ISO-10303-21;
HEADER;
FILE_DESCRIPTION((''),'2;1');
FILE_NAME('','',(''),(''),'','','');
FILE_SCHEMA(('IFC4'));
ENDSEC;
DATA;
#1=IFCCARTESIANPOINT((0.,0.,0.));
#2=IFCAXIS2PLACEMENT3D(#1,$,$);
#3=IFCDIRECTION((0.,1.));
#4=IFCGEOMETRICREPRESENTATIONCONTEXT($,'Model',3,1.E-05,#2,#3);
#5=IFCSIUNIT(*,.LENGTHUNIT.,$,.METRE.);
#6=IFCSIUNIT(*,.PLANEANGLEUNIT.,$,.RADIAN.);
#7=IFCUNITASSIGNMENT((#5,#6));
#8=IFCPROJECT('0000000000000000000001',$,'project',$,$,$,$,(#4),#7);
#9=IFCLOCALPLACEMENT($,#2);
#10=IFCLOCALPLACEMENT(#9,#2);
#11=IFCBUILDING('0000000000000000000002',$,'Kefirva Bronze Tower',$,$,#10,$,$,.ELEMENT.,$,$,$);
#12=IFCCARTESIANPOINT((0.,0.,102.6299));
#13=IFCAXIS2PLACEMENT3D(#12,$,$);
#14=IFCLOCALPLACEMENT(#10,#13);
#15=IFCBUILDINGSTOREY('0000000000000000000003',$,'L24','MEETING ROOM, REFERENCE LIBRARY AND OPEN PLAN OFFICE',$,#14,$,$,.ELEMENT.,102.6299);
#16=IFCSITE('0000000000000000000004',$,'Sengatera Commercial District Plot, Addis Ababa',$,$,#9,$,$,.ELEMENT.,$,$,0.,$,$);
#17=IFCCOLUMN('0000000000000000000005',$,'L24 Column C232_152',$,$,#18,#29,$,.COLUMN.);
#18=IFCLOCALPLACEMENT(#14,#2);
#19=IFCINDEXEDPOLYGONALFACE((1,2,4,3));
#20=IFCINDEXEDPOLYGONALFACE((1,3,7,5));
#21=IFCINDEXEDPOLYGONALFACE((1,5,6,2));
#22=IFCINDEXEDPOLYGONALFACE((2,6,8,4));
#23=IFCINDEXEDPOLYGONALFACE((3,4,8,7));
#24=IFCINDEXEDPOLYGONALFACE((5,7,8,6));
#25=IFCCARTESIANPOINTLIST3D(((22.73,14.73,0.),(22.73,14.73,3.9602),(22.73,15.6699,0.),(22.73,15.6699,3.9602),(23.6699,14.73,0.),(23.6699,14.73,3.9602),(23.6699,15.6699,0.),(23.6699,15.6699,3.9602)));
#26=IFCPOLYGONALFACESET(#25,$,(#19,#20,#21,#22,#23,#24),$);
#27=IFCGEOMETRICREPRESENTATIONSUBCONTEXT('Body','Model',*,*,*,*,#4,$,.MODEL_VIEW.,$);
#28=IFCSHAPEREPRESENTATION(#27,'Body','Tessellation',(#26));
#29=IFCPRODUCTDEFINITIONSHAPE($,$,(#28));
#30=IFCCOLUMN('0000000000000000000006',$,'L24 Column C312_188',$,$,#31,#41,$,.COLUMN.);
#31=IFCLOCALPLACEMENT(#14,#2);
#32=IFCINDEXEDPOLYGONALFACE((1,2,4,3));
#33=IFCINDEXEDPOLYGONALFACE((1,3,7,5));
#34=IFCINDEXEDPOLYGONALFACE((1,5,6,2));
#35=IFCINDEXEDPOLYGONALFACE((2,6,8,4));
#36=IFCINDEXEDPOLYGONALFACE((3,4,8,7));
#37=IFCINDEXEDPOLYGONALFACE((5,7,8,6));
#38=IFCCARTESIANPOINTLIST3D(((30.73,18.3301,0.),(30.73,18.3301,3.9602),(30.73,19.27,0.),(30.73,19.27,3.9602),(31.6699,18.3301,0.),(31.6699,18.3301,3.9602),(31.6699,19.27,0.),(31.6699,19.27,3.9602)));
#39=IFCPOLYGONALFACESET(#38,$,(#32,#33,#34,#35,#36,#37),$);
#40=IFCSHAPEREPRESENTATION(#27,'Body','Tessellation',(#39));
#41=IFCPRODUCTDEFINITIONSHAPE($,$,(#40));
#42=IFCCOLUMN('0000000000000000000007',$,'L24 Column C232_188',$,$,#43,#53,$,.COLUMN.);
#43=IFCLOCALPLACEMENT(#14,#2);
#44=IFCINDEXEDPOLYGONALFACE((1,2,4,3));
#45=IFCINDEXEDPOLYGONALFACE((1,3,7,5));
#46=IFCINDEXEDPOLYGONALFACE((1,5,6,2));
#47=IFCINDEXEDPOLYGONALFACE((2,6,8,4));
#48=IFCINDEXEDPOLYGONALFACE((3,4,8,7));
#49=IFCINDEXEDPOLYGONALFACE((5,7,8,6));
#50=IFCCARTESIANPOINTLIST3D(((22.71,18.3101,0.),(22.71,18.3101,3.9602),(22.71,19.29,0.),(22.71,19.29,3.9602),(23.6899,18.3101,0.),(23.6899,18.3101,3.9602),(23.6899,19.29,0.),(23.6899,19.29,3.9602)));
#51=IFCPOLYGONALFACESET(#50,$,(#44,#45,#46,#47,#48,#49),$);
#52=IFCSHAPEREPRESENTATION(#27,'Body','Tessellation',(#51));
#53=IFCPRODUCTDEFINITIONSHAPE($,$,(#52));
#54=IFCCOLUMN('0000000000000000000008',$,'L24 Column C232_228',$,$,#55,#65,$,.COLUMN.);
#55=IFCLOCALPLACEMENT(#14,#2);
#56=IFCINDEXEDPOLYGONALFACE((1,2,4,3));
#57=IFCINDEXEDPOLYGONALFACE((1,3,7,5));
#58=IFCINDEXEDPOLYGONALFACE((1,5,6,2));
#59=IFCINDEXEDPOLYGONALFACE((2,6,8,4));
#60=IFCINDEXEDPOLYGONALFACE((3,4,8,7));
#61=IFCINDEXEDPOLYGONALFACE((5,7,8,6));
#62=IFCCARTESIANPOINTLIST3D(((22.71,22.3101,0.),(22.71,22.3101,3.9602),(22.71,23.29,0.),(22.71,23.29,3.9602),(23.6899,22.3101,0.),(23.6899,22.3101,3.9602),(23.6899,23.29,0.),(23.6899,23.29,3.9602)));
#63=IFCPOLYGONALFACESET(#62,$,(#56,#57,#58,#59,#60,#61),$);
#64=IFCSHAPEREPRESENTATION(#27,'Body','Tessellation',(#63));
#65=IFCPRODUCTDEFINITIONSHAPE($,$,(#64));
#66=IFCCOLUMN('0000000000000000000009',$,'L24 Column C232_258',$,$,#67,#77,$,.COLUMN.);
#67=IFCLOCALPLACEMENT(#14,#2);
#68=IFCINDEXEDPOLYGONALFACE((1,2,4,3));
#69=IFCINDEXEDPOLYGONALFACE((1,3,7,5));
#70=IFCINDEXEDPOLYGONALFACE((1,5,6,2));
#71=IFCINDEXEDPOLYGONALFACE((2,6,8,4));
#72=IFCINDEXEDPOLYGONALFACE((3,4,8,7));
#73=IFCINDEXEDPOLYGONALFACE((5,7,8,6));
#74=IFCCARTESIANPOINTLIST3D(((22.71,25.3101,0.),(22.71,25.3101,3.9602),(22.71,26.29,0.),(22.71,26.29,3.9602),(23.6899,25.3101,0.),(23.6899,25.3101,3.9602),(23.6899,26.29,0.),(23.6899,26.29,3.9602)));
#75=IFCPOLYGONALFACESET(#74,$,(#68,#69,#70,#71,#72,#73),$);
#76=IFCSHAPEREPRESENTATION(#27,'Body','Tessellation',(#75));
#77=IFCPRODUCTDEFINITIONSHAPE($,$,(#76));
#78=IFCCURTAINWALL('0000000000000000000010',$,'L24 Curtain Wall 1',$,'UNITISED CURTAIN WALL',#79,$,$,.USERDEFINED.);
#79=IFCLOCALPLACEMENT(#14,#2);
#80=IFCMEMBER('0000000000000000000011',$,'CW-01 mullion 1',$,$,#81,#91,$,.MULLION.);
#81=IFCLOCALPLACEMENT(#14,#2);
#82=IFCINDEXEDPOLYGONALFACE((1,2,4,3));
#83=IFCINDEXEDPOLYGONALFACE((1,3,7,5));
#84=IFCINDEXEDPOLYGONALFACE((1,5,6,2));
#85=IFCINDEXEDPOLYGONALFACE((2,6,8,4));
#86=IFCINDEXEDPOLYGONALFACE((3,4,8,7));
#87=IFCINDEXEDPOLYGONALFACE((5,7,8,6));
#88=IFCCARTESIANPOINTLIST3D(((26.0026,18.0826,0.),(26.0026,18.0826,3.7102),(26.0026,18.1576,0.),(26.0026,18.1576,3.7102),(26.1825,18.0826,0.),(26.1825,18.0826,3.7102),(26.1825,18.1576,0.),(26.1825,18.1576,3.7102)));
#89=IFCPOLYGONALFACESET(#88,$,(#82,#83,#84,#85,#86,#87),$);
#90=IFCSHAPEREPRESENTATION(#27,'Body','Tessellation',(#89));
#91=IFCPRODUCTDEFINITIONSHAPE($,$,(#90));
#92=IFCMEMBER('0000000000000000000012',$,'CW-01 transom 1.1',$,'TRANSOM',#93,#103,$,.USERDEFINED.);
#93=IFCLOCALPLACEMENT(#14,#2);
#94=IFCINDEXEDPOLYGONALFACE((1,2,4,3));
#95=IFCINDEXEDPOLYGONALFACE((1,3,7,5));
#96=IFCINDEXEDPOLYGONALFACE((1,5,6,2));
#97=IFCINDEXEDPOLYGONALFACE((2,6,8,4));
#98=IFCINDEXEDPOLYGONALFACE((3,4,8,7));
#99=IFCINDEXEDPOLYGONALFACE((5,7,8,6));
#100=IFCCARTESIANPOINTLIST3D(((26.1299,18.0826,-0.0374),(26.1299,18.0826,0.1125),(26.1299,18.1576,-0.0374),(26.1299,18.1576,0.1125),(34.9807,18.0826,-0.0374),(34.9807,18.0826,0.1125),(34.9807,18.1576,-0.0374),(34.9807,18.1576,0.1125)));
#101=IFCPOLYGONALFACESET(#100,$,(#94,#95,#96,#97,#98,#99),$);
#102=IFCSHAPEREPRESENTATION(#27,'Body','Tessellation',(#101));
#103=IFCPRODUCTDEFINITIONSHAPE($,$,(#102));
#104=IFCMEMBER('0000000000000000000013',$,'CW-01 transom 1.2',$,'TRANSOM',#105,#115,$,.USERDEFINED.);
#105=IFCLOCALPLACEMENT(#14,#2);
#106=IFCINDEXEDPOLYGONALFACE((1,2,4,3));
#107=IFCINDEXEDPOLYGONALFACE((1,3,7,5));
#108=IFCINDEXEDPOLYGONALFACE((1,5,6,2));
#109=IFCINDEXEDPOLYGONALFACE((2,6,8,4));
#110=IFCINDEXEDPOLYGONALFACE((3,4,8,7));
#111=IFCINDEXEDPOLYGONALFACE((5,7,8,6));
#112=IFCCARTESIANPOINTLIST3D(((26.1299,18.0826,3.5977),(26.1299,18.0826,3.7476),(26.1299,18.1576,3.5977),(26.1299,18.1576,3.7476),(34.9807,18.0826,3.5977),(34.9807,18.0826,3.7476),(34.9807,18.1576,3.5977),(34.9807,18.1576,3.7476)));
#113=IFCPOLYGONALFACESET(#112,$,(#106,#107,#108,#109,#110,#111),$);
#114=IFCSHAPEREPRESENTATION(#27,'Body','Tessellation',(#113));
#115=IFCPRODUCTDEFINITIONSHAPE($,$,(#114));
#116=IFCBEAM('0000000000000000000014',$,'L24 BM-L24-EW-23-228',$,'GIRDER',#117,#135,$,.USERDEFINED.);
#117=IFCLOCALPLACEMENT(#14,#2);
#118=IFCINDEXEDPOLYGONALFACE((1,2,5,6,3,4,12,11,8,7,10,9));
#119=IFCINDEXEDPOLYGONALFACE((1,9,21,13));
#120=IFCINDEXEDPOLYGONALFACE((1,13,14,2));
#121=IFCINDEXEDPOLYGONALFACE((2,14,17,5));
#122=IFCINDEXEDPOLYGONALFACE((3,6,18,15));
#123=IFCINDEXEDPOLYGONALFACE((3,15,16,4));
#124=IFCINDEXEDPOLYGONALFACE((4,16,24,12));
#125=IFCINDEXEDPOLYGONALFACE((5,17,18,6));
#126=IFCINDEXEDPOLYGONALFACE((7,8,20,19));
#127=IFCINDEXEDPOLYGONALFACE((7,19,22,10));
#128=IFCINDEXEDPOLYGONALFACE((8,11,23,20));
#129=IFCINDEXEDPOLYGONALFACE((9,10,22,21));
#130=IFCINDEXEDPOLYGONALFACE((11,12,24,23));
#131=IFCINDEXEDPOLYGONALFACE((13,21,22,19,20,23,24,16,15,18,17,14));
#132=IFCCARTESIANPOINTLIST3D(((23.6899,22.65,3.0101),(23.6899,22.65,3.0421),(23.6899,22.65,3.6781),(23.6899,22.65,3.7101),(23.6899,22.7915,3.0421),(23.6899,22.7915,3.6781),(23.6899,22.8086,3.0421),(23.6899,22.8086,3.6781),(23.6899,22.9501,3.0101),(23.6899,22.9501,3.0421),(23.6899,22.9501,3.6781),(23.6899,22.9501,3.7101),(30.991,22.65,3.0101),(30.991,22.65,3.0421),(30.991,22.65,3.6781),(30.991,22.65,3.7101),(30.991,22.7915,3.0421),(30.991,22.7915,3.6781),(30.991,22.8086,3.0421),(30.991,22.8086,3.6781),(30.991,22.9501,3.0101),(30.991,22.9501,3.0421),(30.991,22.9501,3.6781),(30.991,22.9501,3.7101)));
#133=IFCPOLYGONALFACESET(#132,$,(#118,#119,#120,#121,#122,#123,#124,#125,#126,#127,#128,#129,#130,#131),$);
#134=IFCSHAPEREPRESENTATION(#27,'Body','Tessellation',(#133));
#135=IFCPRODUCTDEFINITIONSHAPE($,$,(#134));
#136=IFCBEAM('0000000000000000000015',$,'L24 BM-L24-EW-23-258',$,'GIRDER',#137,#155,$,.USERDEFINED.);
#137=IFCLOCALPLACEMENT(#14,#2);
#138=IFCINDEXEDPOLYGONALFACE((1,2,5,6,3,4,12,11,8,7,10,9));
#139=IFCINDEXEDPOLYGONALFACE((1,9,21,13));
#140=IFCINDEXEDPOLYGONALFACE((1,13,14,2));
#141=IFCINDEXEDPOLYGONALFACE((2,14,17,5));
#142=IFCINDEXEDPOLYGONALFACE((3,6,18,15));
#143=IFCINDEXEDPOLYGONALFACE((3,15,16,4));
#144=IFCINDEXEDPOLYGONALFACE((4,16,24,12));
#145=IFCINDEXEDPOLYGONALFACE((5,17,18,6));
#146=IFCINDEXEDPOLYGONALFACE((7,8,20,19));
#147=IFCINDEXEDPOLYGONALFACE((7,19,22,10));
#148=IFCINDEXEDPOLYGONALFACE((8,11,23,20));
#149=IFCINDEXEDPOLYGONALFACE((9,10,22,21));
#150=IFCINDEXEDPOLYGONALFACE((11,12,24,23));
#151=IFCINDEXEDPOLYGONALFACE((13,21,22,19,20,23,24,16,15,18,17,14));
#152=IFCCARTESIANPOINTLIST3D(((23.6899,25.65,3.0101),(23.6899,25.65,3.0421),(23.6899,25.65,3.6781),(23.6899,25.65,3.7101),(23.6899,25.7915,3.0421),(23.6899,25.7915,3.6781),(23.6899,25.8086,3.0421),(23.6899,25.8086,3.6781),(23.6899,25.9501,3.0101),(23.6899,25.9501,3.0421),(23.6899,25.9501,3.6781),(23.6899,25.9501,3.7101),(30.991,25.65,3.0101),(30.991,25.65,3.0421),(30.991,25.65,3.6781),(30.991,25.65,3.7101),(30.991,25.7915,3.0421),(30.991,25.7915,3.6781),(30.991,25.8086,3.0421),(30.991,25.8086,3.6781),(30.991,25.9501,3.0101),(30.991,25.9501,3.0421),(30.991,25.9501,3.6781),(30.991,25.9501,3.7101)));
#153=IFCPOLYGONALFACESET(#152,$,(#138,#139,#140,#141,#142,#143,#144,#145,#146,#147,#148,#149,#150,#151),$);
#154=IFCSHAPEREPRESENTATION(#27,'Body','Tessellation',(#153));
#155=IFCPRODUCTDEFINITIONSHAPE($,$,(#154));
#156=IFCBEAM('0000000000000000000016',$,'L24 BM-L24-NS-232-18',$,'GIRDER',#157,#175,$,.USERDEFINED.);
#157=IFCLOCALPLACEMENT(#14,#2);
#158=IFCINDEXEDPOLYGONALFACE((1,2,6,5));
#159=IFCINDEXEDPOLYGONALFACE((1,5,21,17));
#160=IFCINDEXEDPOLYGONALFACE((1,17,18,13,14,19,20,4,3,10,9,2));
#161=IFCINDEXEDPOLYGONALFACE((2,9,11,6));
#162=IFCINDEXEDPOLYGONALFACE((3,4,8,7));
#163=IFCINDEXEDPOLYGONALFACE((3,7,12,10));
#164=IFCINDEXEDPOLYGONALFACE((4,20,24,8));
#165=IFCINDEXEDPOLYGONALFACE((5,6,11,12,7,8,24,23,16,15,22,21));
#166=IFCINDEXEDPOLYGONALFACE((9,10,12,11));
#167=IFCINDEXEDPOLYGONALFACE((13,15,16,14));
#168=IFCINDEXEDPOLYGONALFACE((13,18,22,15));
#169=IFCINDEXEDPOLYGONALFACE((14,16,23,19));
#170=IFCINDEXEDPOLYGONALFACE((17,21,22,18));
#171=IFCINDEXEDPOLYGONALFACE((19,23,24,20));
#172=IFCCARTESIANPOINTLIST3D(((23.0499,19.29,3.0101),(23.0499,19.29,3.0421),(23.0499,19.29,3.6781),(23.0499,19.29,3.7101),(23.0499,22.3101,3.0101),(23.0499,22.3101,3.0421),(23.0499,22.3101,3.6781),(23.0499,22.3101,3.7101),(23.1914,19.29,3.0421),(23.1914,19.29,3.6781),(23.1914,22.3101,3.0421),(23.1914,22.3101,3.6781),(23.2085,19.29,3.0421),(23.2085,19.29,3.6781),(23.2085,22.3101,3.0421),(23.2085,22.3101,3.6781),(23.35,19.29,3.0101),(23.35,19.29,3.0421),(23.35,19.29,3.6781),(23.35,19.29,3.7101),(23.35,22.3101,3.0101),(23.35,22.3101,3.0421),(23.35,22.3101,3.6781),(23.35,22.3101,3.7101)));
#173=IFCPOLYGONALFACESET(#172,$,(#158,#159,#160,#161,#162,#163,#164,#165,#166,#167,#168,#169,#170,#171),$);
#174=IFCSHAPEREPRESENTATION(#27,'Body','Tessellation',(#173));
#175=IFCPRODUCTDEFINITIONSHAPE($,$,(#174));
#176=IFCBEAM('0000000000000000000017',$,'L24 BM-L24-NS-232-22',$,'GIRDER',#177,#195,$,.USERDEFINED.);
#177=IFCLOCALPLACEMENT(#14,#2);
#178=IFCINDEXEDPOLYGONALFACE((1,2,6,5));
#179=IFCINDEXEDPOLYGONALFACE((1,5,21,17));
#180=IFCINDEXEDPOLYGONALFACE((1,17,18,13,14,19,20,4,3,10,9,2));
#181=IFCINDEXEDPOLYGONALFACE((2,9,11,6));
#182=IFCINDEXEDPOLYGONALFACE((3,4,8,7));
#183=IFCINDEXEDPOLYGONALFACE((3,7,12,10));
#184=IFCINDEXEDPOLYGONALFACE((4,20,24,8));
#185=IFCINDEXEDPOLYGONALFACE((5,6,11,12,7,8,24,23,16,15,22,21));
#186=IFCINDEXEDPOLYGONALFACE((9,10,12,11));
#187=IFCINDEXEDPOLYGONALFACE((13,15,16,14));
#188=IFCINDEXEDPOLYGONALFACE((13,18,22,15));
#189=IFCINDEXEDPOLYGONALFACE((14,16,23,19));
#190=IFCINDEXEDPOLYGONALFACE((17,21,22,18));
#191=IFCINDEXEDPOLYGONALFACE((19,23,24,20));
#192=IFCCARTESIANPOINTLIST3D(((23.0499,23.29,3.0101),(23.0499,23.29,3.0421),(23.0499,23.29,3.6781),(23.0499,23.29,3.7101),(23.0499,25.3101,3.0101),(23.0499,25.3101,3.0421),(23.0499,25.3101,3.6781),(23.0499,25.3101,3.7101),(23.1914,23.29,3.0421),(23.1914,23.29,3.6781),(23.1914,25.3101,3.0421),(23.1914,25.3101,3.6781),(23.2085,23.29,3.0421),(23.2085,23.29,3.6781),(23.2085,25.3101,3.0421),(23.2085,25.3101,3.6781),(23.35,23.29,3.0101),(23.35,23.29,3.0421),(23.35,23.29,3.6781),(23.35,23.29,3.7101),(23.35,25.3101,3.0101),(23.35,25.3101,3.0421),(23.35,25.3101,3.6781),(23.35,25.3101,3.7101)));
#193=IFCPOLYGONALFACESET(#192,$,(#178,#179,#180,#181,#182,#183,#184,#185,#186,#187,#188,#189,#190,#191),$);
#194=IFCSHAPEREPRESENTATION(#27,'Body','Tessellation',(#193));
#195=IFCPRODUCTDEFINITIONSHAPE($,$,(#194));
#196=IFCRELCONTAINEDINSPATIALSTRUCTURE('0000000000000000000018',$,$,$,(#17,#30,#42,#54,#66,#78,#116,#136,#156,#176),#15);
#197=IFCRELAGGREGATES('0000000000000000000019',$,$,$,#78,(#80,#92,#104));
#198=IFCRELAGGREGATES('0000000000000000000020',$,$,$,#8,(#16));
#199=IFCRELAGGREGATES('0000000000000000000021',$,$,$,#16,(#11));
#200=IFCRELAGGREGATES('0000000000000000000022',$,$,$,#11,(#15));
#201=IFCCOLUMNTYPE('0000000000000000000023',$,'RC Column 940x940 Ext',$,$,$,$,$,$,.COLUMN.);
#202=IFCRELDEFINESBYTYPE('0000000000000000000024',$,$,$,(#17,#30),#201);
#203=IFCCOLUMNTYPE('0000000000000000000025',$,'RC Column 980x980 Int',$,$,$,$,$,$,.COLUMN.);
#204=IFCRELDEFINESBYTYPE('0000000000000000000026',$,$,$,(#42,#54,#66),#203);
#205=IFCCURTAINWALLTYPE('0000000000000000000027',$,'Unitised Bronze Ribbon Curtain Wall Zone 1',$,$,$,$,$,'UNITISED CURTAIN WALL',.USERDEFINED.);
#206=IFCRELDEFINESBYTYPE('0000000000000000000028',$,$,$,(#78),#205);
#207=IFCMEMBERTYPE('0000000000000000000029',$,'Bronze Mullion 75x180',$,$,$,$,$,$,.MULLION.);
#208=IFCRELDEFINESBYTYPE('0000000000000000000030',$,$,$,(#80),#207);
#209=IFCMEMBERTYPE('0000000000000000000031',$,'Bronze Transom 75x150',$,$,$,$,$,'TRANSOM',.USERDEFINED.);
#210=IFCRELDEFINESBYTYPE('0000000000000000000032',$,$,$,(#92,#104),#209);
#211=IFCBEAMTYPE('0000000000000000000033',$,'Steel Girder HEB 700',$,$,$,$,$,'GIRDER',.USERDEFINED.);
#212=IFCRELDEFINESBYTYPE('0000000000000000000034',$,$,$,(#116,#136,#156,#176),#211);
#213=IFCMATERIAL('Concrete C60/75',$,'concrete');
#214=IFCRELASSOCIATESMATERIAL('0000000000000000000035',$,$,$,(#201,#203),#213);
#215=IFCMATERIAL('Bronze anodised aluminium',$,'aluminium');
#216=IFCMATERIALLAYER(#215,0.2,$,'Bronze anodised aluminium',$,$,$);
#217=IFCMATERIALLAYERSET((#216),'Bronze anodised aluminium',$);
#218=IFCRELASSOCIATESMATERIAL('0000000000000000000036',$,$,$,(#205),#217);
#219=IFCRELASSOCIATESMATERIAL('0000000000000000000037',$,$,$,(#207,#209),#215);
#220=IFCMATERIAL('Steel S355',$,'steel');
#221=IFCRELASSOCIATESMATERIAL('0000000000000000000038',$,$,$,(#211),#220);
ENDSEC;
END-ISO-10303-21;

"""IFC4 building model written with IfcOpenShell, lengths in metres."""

from ifc_helpers import new_model, si_unit, direction, frame, origin, origin_2d, place, context, subcontext, project, spatial, rectangle, i_section, extrude, material, layer, layer_set, material_profile, profile_set, type_object, element, aggregate, save


model = new_model("IFC4")

# Units and contexts
model_context = context("Model", 3, precision=1e-05, world=origin(), true_north=direction((0.0, 1.0)))
body_context = subcontext(model_context, "Body", "Model", "MODEL_VIEW")
ifc_project = project(units=[si_unit("LENGTHUNIT", "METRE"), si_unit("PLANEANGLEUNIT", "RADIAN")], contexts=[model_context])

# Site, building, storey
site_placement = place(None, origin())
site = spatial("IfcSite", under=ifc_project, at=site_placement, Name="Sengatera Commercial District Plot, Addis Ababa", CompositionType="ELEMENT", RefElevation=0.0)
building_placement = place(site_placement, origin())
building = spatial("IfcBuilding", under=site, at=building_placement, Name="Kefirva Bronze Tower", CompositionType="ELEMENT")
storey_placement = place(building_placement, frame((0.0, 0.0, 102.6299)))
storey = spatial("IfcBuildingStorey", under=building, at=storey_placement, Name="L24", Description="MEETING ROOM, REFERENCE LIBRARY AND OPEN PLAN OFFICE", CompositionType="ELEMENT", Elevation=102.6299)

# Columns
ifc_material_1 = material(Name="Concrete C60/75", Category="concrete")
ifc_material_profile_1 = material_profile(ifc_material_1, rectangle(XDim=0.9399, YDim=0.9399, at=origin_2d()), Name="RC 940x940")
ifc_profile_set_1 = profile_set([ifc_material_profile_1], Name="Concrete C60/75")
column_type_1 = type_object("IfcColumnType", Name="RC Column 940x940 Ext", PredefinedType="COLUMN", material=ifc_profile_set_1)
for number, where, z_axis, x_axis, name in (
    (1, (23.2, 15.2, 0.0), (0.0, 0.0, 1.0), (1.0, 0.0, 0.0), "L24 Column C232_152"),
    (2, (31.2, 18.8, 0.0), (0.0, 0.0, 1.0), (1.0, 0.0, 0.0), "L24 Column C312_188"),
):
    element("IfcColumn", number, at=place(storey_placement, frame(where, z_axis=z_axis, x_axis=x_axis)), inside=storey, type_object=column_type_1, Name=name, PredefinedType="COLUMN", context=body_context, shape_type="SweptSolid", body=[
        extrude(rectangle(XDim=0.9399, YDim=0.9399, at=origin_2d()), origin(), (0.0, 0.0, 1.0), 3.9602),
    ])
ifc_material_profile_2 = material_profile(ifc_material_1, rectangle(XDim=0.98, YDim=0.98, at=origin_2d()), Name="RC 980x980")
ifc_profile_set_2 = profile_set([ifc_material_profile_2], Name="Concrete C60/75")
column_type_2 = type_object("IfcColumnType", Name="RC Column 980x980 Int", PredefinedType="COLUMN", material=ifc_profile_set_2)
for number, where, z_axis, x_axis, name in (
    (3, (23.2, 18.8, 0.0), (0.0, 0.0, 1.0), (1.0, 0.0, 0.0), "L24 Column C232_188"),
    (4, (23.2, 22.8, 0.0), (0.0, 0.0, 1.0), (1.0, 0.0, 0.0), "L24 Column C232_228"),
    (5, (23.2, 25.8, 0.0), (0.0, 0.0, 1.0), (1.0, 0.0, 0.0), "L24 Column C232_258"),
):
    element("IfcColumn", number, at=place(storey_placement, frame(where, z_axis=z_axis, x_axis=x_axis)), inside=storey, type_object=column_type_2, Name=name, PredefinedType="COLUMN", context=body_context, shape_type="SweptSolid", body=[
        extrude(rectangle(XDim=0.98, YDim=0.98, at=origin_2d()), origin(), (0.0, 0.0, 1.0), 3.9602),
    ])

# Curtain wall, members
ifc_material_2 = material(Name="Bronze anodised aluminium", Category="aluminium")
ifc_layer_1 = layer(ifc_material_2, 0.2, Name="Bronze anodised aluminium")
ifc_layer_set_1 = layer_set([ifc_layer_1], Name="Bronze anodised aluminium")
curtain_wall_type = type_object("IfcCurtainWallType", Name="Unitised Bronze Ribbon Curtain Wall Zone 1", ElementType="UNITISED CURTAIN WALL", PredefinedType="USERDEFINED", material=ifc_layer_set_1)
curtain_wall_placement = place(storey_placement, origin())
curtain_wall = element("IfcCurtainWall", 6, at=curtain_wall_placement, inside=storey, type_object=curtain_wall_type, Name="L24 Curtain Wall 1", ObjectType="UNITISED CURTAIN WALL", PredefinedType="USERDEFINED")
ifc_material_profile_3 = material_profile(ifc_material_2, rectangle(XDim=0.075, YDim=0.1799, at=origin_2d()), Name="ALU 75x180")
ifc_profile_set_3 = profile_set([ifc_material_profile_3], Name="Bronze anodised aluminium")
member_type_1 = type_object("IfcMemberType", Name="Bronze Mullion 75x180", PredefinedType="MULLION", material=ifc_profile_set_3)
member_1_placement = place(storey_placement, frame((26.0925, 18.1201, 0.0), z_axis=(0.0, 0.0, 1.0), x_axis=(0.0, 1.0, 0.0)))
member_1 = element("IfcMember", 7, at=member_1_placement, type_object=member_type_1, Name="CW-01 mullion 1", PredefinedType="MULLION", context=body_context, shape_type="SweptSolid", body=[
    extrude(rectangle(XDim=0.075, YDim=0.1799, at=origin_2d()), origin(), (0.0, 0.0, 1.0), 3.7102),
])
ifc_material_profile_4 = material_profile(ifc_material_2, rectangle(XDim=0.075, YDim=0.1499, at=origin_2d()), Name="ALU 75x150")
ifc_profile_set_4 = profile_set([ifc_material_profile_4], Name="Bronze anodised aluminium")
member_type_2 = type_object("IfcMemberType", Name="Bronze Transom 75x150", ElementType="TRANSOM", PredefinedType="USERDEFINED", material=ifc_profile_set_4)
member_2_placement = place(storey_placement, frame((26.1299, 18.1201, 0.0376), z_axis=(1.0, 0.0, 0.0), x_axis=(0.0, 1.0, 0.0)))
member_2 = element("IfcMember", 8, at=member_2_placement, type_object=member_type_2, Name="CW-01 transom 1.1", ObjectType="TRANSOM", PredefinedType="USERDEFINED", context=body_context, shape_type="SweptSolid", body=[
    extrude(rectangle(XDim=0.075, YDim=0.1499, at=origin_2d()), origin(), (0.0, 0.0, 1.0), 8.8508),
])
member_3_placement = place(storey_placement, frame((26.1299, 18.1201, 3.6726), z_axis=(1.0, 0.0, 0.0), x_axis=(0.0, 1.0, 0.0)))
member_3 = element("IfcMember", 9, at=member_3_placement, type_object=member_type_2, Name="CW-01 transom 1.2", ObjectType="TRANSOM", PredefinedType="USERDEFINED", context=body_context, shape_type="SweptSolid", body=[
    extrude(rectangle(XDim=0.075, YDim=0.1499, at=origin_2d()), origin(), (0.0, 0.0, 1.0), 8.8508),
])

# Beams
ifc_material_3 = material(Name="Steel S355", Category="steel")
ifc_material_profile_5 = material_profile(ifc_material_3, i_section(OverallWidth=0.3, OverallDepth=0.7, WebThickness=0.0171, FlangeThickness=0.032, at=origin_2d()), Name="HEB 700")
ifc_profile_set_5 = profile_set([ifc_material_profile_5], Name="Steel S355")
beam_type_1 = type_object("IfcBeamType", Name="Steel Girder HEB 700", ElementType="GIRDER", PredefinedType="USERDEFINED", material=ifc_profile_set_5)
for number, where, z_axis, x_axis, name in (
    (10, (23.6899, 22.8, 3.3601), (1.0, 0.0, 0.0), (0.0, 1.0, 0.0), "L24 BM-L24-EW-23-228"),
    (11, (23.6899, 25.8, 3.3601), (1.0, 0.0, 0.0), (0.0, 1.0, 0.0), "L24 BM-L24-EW-23-258"),
):
    element("IfcBeam", number, at=place(storey_placement, frame(where, z_axis=z_axis, x_axis=x_axis)), inside=storey, type_object=beam_type_1, Name=name, ObjectType="GIRDER", PredefinedType="USERDEFINED", context=body_context, shape_type="SweptSolid", body=[
        extrude(i_section(OverallWidth=0.3, OverallDepth=0.7, WebThickness=0.0171, FlangeThickness=0.032, at=origin_2d()), origin(), (0.0, 0.0, 1.0), 7.301),
    ])
beam_1_placement = place(storey_placement, frame((23.2, 19.29, 3.3601), z_axis=(0.0, 1.0, 0.0), x_axis=(-1.0, 0.0, 0.0)))
element("IfcBeam", 12, at=beam_1_placement, inside=storey, type_object=beam_type_1, Name="L24 BM-L24-NS-232-18", ObjectType="GIRDER", PredefinedType="USERDEFINED", context=body_context, shape_type="SweptSolid", body=[
    extrude(i_section(OverallWidth=0.3, OverallDepth=0.7, WebThickness=0.0171, FlangeThickness=0.032, at=origin_2d()), origin(), (0.0, 0.0, 1.0), 3.02),
])
beam_2_placement = place(storey_placement, frame((23.2, 23.29, 3.3601), z_axis=(0.0, 1.0, 0.0), x_axis=(-1.0, 0.0, 0.0)))
element("IfcBeam", 13, at=beam_2_placement, inside=storey, type_object=beam_type_1, Name="L24 BM-L24-NS-232-22", ObjectType="GIRDER", PredefinedType="USERDEFINED", context=body_context, shape_type="SweptSolid", body=[
    extrude(i_section(OverallWidth=0.3, OverallDepth=0.7, WebThickness=0.0171, FlangeThickness=0.032, at=origin_2d()), origin(), (0.0, 0.0, 1.0), 2.02),
])

aggregate(curtain_wall, [member_1, member_2, member_3])

save(model, "model.ifc")
